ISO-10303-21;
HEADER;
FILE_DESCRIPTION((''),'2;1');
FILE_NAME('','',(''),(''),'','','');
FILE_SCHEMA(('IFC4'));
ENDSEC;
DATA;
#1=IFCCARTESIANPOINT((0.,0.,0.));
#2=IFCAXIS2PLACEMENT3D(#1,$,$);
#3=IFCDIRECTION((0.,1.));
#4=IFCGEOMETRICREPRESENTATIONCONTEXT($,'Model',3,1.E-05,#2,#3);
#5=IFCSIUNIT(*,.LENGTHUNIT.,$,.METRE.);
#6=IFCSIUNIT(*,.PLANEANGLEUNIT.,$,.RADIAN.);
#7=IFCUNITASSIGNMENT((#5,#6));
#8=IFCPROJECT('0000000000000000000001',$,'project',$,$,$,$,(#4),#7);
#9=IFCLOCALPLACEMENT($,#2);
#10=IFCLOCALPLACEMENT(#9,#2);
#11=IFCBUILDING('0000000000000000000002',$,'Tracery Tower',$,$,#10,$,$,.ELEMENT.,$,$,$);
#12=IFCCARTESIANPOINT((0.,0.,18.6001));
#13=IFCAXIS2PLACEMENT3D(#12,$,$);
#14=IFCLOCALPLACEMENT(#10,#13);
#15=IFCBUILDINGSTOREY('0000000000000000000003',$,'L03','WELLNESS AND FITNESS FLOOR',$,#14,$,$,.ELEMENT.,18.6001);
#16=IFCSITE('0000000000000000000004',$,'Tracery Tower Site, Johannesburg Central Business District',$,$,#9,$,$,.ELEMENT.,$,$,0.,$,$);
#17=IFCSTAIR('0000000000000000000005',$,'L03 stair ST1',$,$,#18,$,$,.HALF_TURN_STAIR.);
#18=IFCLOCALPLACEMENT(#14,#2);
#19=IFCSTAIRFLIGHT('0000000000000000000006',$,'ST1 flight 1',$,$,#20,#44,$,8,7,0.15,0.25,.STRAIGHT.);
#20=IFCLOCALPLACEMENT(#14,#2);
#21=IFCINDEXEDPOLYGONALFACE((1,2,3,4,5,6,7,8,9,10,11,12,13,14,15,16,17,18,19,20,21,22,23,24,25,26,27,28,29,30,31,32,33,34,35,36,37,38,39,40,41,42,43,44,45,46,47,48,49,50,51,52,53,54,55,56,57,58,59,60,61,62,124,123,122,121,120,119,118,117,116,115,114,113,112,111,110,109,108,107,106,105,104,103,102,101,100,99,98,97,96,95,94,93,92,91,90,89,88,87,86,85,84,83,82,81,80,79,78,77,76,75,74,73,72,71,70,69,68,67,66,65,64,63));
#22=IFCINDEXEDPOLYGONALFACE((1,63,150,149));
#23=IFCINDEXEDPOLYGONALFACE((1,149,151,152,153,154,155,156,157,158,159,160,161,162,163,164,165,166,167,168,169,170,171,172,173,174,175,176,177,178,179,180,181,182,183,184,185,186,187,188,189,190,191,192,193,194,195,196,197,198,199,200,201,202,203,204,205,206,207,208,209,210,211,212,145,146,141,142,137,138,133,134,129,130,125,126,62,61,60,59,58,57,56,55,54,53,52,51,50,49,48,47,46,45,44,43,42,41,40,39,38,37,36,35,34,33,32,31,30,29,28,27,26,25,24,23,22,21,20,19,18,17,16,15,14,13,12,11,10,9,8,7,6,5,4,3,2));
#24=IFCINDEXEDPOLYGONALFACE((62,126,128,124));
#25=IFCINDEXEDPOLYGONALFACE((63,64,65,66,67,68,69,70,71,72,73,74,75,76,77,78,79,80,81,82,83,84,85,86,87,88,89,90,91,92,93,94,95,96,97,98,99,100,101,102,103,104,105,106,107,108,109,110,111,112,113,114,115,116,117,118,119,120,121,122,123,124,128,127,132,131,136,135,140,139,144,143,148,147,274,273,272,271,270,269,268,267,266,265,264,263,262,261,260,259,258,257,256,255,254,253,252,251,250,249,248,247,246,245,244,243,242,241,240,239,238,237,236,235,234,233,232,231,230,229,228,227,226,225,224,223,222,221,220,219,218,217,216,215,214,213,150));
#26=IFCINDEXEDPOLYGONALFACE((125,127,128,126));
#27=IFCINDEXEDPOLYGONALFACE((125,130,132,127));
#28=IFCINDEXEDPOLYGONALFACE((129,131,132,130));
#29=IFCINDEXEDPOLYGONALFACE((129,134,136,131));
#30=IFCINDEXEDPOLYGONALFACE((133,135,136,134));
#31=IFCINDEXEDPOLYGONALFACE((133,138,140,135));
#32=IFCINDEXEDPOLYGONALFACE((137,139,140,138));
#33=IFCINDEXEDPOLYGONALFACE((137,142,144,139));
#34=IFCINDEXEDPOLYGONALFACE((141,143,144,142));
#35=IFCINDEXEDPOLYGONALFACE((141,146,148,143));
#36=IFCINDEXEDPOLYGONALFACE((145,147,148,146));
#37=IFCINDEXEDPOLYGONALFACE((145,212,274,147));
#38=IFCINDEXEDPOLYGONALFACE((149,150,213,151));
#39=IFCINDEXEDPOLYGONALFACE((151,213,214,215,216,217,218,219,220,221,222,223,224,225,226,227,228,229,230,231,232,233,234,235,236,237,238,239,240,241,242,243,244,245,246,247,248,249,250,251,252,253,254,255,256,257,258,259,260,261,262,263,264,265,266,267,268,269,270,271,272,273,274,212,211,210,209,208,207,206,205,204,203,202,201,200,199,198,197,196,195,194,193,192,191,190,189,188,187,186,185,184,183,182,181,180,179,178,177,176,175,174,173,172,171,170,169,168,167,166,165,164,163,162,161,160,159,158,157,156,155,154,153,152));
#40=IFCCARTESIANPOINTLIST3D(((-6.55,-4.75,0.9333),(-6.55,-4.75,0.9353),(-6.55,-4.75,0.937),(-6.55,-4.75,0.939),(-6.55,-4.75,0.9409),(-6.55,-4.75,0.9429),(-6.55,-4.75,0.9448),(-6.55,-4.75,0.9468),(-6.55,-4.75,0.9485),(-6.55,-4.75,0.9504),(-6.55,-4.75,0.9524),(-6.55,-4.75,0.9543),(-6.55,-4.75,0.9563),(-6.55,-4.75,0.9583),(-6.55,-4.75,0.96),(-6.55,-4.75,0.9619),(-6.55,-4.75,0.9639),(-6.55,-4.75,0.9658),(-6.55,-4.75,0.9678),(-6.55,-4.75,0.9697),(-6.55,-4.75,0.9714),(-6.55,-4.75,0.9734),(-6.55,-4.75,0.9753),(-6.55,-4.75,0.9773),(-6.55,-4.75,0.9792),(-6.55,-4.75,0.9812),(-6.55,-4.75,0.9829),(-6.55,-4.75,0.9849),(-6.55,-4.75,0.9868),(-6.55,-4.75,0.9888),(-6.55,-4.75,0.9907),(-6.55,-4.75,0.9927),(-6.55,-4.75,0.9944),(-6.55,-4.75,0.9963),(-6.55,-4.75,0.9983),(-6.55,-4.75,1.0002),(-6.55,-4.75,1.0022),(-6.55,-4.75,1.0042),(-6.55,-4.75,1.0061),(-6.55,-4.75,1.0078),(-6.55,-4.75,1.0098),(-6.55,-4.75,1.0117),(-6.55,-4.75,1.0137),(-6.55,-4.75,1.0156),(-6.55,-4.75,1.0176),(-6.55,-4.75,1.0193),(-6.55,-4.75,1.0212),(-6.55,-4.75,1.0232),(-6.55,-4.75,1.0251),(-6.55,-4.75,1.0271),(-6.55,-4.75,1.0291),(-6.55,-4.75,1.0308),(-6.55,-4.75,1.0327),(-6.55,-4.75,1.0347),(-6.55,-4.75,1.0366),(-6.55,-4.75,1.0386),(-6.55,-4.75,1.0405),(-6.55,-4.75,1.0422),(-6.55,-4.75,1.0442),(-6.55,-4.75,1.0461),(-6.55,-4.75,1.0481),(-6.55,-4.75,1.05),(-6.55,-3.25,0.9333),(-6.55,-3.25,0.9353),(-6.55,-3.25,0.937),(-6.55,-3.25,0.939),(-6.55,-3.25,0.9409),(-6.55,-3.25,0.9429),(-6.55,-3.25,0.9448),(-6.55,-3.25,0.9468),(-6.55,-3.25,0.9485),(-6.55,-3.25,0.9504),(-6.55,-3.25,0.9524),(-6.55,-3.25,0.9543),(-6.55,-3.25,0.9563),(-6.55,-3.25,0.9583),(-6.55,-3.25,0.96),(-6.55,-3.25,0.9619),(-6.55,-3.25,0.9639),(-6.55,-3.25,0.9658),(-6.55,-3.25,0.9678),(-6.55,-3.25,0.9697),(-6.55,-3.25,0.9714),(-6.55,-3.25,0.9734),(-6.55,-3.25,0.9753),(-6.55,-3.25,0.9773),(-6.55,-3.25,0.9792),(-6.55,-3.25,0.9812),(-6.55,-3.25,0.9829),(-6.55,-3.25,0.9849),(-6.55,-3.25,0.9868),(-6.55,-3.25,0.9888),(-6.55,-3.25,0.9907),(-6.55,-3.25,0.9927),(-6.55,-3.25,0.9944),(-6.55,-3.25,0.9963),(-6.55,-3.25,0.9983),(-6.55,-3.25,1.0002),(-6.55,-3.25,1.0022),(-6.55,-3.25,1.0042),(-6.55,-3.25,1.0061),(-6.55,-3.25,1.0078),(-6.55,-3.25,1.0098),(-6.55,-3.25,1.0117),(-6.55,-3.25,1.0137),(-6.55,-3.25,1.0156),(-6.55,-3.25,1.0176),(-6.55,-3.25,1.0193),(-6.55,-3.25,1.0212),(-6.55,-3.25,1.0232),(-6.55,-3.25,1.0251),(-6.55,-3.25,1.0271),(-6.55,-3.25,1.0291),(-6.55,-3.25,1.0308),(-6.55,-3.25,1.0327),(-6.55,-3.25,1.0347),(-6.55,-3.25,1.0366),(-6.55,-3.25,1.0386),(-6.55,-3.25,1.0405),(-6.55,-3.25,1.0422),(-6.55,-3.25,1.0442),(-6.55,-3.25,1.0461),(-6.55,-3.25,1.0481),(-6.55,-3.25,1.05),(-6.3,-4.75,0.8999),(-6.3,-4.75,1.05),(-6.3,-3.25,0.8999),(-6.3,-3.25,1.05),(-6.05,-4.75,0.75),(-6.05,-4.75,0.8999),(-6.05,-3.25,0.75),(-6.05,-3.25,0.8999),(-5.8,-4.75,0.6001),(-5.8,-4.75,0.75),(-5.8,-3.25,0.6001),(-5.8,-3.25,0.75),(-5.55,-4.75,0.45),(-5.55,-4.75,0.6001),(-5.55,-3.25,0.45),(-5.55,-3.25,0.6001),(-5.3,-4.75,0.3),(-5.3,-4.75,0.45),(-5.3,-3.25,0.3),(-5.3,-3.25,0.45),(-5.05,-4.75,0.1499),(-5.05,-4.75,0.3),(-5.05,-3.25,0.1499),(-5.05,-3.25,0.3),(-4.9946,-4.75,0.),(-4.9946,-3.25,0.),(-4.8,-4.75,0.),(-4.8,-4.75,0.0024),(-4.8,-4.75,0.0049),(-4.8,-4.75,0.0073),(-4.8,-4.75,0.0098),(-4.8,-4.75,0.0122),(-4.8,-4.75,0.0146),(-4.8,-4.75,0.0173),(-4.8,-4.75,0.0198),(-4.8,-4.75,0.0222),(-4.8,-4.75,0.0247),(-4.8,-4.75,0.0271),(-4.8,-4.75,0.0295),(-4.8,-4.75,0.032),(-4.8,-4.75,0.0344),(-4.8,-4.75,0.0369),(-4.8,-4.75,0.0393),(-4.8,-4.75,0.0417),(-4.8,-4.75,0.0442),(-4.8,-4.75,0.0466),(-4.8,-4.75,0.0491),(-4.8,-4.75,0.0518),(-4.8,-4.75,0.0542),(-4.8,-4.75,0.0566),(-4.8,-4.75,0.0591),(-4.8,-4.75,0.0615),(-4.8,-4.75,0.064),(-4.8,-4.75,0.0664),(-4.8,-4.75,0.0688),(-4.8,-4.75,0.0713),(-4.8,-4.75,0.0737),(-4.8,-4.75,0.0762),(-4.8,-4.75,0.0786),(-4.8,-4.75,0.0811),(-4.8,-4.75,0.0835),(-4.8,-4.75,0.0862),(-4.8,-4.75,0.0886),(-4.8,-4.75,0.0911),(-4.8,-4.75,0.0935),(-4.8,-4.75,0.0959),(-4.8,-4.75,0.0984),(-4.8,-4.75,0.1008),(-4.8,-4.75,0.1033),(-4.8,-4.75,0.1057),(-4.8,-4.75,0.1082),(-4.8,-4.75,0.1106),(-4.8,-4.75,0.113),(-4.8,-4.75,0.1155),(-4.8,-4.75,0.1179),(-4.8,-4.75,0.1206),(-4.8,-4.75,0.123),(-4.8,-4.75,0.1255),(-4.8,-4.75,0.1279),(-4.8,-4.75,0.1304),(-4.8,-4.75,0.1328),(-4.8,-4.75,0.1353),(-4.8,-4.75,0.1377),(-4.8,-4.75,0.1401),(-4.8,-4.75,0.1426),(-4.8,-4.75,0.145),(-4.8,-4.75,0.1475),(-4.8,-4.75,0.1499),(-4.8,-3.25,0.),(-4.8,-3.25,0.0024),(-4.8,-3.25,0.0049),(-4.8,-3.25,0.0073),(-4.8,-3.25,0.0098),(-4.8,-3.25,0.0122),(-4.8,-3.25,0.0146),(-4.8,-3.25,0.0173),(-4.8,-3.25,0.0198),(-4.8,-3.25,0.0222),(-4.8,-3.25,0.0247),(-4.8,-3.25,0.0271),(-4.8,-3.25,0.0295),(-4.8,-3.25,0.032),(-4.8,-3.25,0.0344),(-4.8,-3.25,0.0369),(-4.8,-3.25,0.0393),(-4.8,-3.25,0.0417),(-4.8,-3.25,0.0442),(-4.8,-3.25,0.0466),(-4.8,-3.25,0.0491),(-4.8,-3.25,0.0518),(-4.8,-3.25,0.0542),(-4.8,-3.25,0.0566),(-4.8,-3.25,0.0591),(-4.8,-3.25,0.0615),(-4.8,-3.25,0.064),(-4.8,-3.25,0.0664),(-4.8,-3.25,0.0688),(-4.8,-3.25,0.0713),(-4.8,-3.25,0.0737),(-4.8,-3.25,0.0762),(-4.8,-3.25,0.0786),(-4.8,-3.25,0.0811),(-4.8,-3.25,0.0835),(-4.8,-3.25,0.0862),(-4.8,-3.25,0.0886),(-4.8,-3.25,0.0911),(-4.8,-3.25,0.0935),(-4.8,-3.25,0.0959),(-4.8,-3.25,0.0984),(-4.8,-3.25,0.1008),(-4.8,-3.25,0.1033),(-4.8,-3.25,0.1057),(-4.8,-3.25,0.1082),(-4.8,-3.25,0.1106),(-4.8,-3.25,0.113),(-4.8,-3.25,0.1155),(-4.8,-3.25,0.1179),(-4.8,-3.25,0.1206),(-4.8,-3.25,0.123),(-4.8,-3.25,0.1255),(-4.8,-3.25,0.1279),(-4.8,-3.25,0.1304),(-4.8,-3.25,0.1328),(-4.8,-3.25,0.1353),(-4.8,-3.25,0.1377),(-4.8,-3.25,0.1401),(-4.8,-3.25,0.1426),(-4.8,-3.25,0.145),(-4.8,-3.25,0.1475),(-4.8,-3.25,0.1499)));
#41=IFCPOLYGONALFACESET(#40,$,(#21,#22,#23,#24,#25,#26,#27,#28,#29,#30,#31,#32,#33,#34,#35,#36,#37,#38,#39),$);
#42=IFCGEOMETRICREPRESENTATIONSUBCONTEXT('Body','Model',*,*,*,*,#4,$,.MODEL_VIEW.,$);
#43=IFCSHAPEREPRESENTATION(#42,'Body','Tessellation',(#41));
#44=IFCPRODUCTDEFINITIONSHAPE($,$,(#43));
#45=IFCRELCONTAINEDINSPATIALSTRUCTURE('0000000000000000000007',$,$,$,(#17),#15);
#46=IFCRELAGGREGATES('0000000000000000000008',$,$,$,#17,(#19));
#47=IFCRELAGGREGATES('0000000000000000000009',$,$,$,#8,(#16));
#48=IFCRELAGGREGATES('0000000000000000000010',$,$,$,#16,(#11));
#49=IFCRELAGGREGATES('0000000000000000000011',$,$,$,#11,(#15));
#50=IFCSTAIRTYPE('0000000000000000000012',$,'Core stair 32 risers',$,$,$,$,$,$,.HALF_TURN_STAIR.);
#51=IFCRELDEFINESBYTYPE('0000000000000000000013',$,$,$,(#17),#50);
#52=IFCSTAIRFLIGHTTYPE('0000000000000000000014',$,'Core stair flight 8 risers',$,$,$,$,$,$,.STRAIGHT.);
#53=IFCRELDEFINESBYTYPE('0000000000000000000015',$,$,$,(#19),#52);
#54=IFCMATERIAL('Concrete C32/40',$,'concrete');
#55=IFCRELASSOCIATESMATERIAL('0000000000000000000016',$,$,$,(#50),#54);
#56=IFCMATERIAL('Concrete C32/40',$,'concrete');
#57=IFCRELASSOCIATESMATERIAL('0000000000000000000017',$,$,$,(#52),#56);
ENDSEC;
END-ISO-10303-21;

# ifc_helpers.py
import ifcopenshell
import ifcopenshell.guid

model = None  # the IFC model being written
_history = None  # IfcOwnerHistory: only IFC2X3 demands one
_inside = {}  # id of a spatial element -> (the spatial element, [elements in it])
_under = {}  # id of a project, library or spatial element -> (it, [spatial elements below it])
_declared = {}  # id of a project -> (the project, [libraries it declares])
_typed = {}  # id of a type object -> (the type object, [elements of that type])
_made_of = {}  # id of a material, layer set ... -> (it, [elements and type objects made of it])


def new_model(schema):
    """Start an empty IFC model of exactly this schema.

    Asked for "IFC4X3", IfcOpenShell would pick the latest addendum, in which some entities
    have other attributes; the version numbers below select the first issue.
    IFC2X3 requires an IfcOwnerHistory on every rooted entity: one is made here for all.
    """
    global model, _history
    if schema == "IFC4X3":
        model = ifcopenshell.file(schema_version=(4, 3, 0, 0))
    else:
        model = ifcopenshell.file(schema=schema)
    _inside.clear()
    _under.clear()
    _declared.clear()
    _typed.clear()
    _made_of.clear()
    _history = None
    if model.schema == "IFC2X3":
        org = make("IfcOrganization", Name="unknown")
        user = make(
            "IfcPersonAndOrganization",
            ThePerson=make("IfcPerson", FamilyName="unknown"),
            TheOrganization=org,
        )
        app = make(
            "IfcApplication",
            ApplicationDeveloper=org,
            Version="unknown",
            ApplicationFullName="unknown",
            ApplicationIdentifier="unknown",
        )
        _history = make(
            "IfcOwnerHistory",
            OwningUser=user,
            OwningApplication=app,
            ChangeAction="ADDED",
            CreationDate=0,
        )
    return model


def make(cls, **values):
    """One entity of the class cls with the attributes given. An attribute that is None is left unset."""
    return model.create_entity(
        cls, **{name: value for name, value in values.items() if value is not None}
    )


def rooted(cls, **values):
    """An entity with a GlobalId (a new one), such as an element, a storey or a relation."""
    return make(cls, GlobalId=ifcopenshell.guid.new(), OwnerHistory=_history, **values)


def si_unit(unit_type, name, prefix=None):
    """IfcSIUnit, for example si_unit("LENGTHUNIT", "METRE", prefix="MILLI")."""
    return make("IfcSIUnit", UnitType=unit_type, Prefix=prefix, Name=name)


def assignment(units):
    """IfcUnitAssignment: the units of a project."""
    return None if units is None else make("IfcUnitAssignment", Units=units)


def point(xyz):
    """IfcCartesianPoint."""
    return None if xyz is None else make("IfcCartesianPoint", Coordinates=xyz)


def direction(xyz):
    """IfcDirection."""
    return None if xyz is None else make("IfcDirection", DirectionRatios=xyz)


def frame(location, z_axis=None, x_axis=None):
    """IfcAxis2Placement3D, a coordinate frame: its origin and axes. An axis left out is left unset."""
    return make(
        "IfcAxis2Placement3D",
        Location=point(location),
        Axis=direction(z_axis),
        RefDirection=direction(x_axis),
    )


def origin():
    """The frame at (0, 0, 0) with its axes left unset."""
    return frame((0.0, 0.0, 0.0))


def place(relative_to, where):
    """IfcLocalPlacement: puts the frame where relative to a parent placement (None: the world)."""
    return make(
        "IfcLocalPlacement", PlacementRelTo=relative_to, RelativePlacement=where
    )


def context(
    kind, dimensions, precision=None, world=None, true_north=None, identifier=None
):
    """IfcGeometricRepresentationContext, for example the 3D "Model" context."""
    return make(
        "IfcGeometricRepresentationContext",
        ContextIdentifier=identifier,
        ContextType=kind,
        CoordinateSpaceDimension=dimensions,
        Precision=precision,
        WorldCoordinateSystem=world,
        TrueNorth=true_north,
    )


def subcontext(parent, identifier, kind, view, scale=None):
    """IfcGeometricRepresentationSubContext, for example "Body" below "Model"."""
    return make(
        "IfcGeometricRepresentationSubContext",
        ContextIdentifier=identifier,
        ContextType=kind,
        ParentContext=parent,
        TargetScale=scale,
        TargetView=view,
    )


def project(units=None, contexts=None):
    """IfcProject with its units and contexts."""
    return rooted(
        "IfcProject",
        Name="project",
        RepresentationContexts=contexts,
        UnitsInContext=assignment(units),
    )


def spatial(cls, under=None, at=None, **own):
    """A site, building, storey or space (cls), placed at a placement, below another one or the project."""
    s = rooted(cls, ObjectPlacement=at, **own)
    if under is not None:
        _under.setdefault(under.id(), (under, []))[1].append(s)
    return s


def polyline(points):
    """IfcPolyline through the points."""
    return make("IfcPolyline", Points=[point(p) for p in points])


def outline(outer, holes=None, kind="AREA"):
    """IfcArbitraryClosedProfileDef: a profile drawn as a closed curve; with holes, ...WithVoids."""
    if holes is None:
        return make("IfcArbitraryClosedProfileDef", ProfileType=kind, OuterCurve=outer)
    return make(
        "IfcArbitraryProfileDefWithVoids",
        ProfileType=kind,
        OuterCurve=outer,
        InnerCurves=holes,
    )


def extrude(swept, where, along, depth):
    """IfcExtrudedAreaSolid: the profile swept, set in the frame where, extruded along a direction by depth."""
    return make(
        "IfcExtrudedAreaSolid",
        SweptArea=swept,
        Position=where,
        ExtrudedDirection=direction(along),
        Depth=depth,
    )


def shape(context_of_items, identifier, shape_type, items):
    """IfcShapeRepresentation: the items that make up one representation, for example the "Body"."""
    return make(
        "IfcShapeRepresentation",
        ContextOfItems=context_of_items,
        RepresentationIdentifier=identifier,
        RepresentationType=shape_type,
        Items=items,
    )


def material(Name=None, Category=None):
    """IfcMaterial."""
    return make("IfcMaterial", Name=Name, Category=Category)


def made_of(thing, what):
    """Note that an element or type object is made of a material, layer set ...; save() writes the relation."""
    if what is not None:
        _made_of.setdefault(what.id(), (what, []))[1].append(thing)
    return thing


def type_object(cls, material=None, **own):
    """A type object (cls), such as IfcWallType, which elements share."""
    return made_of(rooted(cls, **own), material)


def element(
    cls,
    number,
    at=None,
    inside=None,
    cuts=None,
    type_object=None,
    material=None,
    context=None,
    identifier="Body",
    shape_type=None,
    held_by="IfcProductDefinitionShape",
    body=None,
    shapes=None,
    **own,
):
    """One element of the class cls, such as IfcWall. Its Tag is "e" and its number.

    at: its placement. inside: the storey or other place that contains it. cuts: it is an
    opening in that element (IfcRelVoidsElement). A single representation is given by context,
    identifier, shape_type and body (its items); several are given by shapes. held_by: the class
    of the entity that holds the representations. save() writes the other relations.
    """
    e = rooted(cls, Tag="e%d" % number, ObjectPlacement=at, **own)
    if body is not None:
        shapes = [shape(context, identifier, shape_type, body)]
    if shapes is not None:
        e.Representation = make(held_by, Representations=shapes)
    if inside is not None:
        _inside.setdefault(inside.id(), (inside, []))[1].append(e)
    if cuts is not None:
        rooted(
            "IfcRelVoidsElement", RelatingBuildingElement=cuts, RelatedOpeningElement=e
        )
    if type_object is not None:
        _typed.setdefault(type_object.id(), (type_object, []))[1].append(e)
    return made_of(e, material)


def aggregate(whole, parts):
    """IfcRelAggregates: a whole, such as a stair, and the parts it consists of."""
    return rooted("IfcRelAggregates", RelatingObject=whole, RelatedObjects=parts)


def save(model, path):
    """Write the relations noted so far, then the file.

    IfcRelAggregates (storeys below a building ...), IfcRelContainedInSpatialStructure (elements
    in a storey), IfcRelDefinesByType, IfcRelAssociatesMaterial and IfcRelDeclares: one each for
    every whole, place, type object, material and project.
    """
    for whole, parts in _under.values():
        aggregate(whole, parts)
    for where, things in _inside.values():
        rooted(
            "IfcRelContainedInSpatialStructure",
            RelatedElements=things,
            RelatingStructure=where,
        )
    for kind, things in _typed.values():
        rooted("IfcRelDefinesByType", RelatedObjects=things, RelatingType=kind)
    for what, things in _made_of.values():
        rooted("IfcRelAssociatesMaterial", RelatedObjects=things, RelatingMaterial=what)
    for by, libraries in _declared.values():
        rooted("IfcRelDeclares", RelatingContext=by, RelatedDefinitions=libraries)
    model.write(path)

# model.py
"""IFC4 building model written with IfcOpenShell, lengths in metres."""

from ifc_helpers import new_model, si_unit, direction, frame, origin, place, context, subcontext, project, spatial, polyline, outline, extrude, material, type_object, element, aggregate, save


model = new_model("IFC4")

# Units and contexts
model_context = context("Model", 3, precision=1e-05, world=origin(), true_north=direction((0.0, 1.0)))
body_context = subcontext(model_context, "Body", "Model", "MODEL_VIEW")
ifc_project = project(units=[si_unit("LENGTHUNIT", "METRE"), si_unit("PLANEANGLEUNIT", "RADIAN")], contexts=[model_context])

# Site, building, storey
site_placement = place(None, origin())
site = spatial("IfcSite", under=ifc_project, at=site_placement, Name="Tracery Tower Site, Johannesburg Central Business District", CompositionType="ELEMENT", RefElevation=0.0)
building_placement = place(site_placement, origin())
building = spatial("IfcBuilding", under=site, at=building_placement, Name="Tracery Tower", CompositionType="ELEMENT")
storey_placement = place(building_placement, frame((0.0, 0.0, 18.6001)))
storey = spatial("IfcBuildingStorey", under=building, at=storey_placement, Name="L03", Description="WELLNESS AND FITNESS FLOOR", CompositionType="ELEMENT", Elevation=18.6001)

# Stair, stair flight
ifc_material_1 = material(Name="Concrete C32/40", Category="concrete")
stair_type = type_object("IfcStairType", Name="Core stair 32 risers", PredefinedType="HALF_TURN_STAIR", material=ifc_material_1)
stair_placement = place(storey_placement, origin())
stair = element("IfcStair", 1, at=stair_placement, inside=storey, type_object=stair_type, Name="L03 stair ST1", PredefinedType="HALF_TURN_STAIR")
ifc_material_2 = material(Name="Concrete C32/40", Category="concrete")
stair_flight_type = type_object("IfcStairFlightType", Name="Core stair flight 8 risers", PredefinedType="STRAIGHT", material=ifc_material_2)
stair_flight_1_placement = place(storey_placement, frame((-4.8, -4.0, 0.0), z_axis=(0.0, 0.0, 1.0), x_axis=(-1.0, 0.0, 0.0)))
stair_flight_1 = element("IfcStairFlight", 2, at=stair_flight_1_placement, type_object=stair_flight_type, Name="ST1 flight 1", NumberOfRisers=8, NumberOfTreads=7, PredefinedType="STRAIGHT", RiserHeight=0.15, TreadLength=0.25, context=body_context, shape_type="SweptSolid", body=[
    extrude(outline(polyline([(0.0, 0.0), (0.0, 0.0024), (0.0, 0.0049), (0.0, 0.0073), (0.0, 0.0098), (0.0, 0.0122), (0.0, 0.0146), (0.0, 0.0173), (0.0, 0.0198), (0.0, 0.0222), (0.0, 0.0247), (0.0, 0.0271), (0.0, 0.0295), (0.0, 0.032), (0.0, 0.0344), (0.0, 0.0369), (0.0, 0.0393), (0.0, 0.0417), (0.0, 0.0442), (0.0, 0.0466), (0.0, 0.0491), (0.0, 0.0518), (0.0, 0.0542), (0.0, 0.0566), (0.0, 0.0591), (0.0, 0.0615), (0.0, 0.064), (0.0, 0.0664), (0.0, 0.0688), (0.0, 0.0713), (0.0, 0.0737), (0.0, 0.0762), (0.0, 0.0786), (0.0, 0.0811), (0.0, 0.0835), (0.0, 0.0862), (0.0, 0.0886), (0.0, 0.0911), (0.0, 0.0935), (0.0, 0.0959), (0.0, 0.0984), (0.0, 0.1008), (0.0, 0.1033), (0.0, 0.1057), (0.0, 0.1082), (0.0, 0.1106), (0.0, 0.113), (0.0, 0.1155), (0.0, 0.1179), (0.0, 0.1206), (0.0, 0.123), (0.0, 0.1255), (0.0, 0.1279), (0.0, 0.1304), (0.0, 0.1328), (0.0, 0.1353), (0.0, 0.1377), (0.0, 0.1401), (0.0, 0.1426), (0.0, 0.145), (0.0, 0.1475), (0.0, 0.1499), (0.25, 0.1499), (0.25, 0.3), (0.5, 0.3), (0.5, 0.45), (0.75, 0.45), (0.75, 0.6001), (1.0, 0.6001), (1.0, 0.75), (1.25, 0.75), (1.25, 0.8999), (1.5, 0.8999), (1.5, 1.05), (1.75, 1.05), (1.75, 1.0481), (1.75, 1.0461), (1.75, 1.0442), (1.75, 1.0422), (1.75, 1.0405), (1.75, 1.0386), (1.75, 1.0366), (1.75, 1.0347), (1.75, 1.0327), (1.75, 1.0308), (1.75, 1.0291), (1.75, 1.0271), (1.75, 1.0251), (1.75, 1.0232), (1.75, 1.0212), (1.75, 1.0193), (1.75, 1.0176), (1.75, 1.0156), (1.75, 1.0137), (1.75, 1.0117), (1.75, 1.0098), (1.75, 1.0078), (1.75, 1.0061), (1.75, 1.0042), (1.75, 1.0022), (1.75, 1.0002), (1.75, 0.9983), (1.75, 0.9963), (1.75, 0.9944), (1.75, 0.9927), (1.75, 0.9907), (1.75, 0.9888), (1.75, 0.9868), (1.75, 0.9849), (1.75, 0.9829), (1.75, 0.9812), (1.75, 0.9792), (1.75, 0.9773), (1.75, 0.9753), (1.75, 0.9734), (1.75, 0.9714), (1.75, 0.9697), (1.75, 0.9678), (1.75, 0.9658), (1.75, 0.9639), (1.75, 0.9619), (1.75, 0.96), (1.75, 0.9583), (1.75, 0.9563), (1.75, 0.9543), (1.75, 0.9524), (1.75, 0.9504), (1.75, 0.9485), (1.75, 0.9468), (1.75, 0.9448), (1.75, 0.9429), (1.75, 0.9409), (1.75, 0.939), (1.75, 0.937), (1.75, 0.9353), (1.75, 0.9333), (0.1946, 0.0), (0.0, 0.0)])), frame((0.0, 0.75, 0.0), z_axis=(0.0, -1.0, 0.0), x_axis=(1.0, 0.0, 0.0)), (0.0, 0.0, 1.0), 1.5),
])
aggregate(stair, [stair_flight_1])

save(model, "model.ifc")
